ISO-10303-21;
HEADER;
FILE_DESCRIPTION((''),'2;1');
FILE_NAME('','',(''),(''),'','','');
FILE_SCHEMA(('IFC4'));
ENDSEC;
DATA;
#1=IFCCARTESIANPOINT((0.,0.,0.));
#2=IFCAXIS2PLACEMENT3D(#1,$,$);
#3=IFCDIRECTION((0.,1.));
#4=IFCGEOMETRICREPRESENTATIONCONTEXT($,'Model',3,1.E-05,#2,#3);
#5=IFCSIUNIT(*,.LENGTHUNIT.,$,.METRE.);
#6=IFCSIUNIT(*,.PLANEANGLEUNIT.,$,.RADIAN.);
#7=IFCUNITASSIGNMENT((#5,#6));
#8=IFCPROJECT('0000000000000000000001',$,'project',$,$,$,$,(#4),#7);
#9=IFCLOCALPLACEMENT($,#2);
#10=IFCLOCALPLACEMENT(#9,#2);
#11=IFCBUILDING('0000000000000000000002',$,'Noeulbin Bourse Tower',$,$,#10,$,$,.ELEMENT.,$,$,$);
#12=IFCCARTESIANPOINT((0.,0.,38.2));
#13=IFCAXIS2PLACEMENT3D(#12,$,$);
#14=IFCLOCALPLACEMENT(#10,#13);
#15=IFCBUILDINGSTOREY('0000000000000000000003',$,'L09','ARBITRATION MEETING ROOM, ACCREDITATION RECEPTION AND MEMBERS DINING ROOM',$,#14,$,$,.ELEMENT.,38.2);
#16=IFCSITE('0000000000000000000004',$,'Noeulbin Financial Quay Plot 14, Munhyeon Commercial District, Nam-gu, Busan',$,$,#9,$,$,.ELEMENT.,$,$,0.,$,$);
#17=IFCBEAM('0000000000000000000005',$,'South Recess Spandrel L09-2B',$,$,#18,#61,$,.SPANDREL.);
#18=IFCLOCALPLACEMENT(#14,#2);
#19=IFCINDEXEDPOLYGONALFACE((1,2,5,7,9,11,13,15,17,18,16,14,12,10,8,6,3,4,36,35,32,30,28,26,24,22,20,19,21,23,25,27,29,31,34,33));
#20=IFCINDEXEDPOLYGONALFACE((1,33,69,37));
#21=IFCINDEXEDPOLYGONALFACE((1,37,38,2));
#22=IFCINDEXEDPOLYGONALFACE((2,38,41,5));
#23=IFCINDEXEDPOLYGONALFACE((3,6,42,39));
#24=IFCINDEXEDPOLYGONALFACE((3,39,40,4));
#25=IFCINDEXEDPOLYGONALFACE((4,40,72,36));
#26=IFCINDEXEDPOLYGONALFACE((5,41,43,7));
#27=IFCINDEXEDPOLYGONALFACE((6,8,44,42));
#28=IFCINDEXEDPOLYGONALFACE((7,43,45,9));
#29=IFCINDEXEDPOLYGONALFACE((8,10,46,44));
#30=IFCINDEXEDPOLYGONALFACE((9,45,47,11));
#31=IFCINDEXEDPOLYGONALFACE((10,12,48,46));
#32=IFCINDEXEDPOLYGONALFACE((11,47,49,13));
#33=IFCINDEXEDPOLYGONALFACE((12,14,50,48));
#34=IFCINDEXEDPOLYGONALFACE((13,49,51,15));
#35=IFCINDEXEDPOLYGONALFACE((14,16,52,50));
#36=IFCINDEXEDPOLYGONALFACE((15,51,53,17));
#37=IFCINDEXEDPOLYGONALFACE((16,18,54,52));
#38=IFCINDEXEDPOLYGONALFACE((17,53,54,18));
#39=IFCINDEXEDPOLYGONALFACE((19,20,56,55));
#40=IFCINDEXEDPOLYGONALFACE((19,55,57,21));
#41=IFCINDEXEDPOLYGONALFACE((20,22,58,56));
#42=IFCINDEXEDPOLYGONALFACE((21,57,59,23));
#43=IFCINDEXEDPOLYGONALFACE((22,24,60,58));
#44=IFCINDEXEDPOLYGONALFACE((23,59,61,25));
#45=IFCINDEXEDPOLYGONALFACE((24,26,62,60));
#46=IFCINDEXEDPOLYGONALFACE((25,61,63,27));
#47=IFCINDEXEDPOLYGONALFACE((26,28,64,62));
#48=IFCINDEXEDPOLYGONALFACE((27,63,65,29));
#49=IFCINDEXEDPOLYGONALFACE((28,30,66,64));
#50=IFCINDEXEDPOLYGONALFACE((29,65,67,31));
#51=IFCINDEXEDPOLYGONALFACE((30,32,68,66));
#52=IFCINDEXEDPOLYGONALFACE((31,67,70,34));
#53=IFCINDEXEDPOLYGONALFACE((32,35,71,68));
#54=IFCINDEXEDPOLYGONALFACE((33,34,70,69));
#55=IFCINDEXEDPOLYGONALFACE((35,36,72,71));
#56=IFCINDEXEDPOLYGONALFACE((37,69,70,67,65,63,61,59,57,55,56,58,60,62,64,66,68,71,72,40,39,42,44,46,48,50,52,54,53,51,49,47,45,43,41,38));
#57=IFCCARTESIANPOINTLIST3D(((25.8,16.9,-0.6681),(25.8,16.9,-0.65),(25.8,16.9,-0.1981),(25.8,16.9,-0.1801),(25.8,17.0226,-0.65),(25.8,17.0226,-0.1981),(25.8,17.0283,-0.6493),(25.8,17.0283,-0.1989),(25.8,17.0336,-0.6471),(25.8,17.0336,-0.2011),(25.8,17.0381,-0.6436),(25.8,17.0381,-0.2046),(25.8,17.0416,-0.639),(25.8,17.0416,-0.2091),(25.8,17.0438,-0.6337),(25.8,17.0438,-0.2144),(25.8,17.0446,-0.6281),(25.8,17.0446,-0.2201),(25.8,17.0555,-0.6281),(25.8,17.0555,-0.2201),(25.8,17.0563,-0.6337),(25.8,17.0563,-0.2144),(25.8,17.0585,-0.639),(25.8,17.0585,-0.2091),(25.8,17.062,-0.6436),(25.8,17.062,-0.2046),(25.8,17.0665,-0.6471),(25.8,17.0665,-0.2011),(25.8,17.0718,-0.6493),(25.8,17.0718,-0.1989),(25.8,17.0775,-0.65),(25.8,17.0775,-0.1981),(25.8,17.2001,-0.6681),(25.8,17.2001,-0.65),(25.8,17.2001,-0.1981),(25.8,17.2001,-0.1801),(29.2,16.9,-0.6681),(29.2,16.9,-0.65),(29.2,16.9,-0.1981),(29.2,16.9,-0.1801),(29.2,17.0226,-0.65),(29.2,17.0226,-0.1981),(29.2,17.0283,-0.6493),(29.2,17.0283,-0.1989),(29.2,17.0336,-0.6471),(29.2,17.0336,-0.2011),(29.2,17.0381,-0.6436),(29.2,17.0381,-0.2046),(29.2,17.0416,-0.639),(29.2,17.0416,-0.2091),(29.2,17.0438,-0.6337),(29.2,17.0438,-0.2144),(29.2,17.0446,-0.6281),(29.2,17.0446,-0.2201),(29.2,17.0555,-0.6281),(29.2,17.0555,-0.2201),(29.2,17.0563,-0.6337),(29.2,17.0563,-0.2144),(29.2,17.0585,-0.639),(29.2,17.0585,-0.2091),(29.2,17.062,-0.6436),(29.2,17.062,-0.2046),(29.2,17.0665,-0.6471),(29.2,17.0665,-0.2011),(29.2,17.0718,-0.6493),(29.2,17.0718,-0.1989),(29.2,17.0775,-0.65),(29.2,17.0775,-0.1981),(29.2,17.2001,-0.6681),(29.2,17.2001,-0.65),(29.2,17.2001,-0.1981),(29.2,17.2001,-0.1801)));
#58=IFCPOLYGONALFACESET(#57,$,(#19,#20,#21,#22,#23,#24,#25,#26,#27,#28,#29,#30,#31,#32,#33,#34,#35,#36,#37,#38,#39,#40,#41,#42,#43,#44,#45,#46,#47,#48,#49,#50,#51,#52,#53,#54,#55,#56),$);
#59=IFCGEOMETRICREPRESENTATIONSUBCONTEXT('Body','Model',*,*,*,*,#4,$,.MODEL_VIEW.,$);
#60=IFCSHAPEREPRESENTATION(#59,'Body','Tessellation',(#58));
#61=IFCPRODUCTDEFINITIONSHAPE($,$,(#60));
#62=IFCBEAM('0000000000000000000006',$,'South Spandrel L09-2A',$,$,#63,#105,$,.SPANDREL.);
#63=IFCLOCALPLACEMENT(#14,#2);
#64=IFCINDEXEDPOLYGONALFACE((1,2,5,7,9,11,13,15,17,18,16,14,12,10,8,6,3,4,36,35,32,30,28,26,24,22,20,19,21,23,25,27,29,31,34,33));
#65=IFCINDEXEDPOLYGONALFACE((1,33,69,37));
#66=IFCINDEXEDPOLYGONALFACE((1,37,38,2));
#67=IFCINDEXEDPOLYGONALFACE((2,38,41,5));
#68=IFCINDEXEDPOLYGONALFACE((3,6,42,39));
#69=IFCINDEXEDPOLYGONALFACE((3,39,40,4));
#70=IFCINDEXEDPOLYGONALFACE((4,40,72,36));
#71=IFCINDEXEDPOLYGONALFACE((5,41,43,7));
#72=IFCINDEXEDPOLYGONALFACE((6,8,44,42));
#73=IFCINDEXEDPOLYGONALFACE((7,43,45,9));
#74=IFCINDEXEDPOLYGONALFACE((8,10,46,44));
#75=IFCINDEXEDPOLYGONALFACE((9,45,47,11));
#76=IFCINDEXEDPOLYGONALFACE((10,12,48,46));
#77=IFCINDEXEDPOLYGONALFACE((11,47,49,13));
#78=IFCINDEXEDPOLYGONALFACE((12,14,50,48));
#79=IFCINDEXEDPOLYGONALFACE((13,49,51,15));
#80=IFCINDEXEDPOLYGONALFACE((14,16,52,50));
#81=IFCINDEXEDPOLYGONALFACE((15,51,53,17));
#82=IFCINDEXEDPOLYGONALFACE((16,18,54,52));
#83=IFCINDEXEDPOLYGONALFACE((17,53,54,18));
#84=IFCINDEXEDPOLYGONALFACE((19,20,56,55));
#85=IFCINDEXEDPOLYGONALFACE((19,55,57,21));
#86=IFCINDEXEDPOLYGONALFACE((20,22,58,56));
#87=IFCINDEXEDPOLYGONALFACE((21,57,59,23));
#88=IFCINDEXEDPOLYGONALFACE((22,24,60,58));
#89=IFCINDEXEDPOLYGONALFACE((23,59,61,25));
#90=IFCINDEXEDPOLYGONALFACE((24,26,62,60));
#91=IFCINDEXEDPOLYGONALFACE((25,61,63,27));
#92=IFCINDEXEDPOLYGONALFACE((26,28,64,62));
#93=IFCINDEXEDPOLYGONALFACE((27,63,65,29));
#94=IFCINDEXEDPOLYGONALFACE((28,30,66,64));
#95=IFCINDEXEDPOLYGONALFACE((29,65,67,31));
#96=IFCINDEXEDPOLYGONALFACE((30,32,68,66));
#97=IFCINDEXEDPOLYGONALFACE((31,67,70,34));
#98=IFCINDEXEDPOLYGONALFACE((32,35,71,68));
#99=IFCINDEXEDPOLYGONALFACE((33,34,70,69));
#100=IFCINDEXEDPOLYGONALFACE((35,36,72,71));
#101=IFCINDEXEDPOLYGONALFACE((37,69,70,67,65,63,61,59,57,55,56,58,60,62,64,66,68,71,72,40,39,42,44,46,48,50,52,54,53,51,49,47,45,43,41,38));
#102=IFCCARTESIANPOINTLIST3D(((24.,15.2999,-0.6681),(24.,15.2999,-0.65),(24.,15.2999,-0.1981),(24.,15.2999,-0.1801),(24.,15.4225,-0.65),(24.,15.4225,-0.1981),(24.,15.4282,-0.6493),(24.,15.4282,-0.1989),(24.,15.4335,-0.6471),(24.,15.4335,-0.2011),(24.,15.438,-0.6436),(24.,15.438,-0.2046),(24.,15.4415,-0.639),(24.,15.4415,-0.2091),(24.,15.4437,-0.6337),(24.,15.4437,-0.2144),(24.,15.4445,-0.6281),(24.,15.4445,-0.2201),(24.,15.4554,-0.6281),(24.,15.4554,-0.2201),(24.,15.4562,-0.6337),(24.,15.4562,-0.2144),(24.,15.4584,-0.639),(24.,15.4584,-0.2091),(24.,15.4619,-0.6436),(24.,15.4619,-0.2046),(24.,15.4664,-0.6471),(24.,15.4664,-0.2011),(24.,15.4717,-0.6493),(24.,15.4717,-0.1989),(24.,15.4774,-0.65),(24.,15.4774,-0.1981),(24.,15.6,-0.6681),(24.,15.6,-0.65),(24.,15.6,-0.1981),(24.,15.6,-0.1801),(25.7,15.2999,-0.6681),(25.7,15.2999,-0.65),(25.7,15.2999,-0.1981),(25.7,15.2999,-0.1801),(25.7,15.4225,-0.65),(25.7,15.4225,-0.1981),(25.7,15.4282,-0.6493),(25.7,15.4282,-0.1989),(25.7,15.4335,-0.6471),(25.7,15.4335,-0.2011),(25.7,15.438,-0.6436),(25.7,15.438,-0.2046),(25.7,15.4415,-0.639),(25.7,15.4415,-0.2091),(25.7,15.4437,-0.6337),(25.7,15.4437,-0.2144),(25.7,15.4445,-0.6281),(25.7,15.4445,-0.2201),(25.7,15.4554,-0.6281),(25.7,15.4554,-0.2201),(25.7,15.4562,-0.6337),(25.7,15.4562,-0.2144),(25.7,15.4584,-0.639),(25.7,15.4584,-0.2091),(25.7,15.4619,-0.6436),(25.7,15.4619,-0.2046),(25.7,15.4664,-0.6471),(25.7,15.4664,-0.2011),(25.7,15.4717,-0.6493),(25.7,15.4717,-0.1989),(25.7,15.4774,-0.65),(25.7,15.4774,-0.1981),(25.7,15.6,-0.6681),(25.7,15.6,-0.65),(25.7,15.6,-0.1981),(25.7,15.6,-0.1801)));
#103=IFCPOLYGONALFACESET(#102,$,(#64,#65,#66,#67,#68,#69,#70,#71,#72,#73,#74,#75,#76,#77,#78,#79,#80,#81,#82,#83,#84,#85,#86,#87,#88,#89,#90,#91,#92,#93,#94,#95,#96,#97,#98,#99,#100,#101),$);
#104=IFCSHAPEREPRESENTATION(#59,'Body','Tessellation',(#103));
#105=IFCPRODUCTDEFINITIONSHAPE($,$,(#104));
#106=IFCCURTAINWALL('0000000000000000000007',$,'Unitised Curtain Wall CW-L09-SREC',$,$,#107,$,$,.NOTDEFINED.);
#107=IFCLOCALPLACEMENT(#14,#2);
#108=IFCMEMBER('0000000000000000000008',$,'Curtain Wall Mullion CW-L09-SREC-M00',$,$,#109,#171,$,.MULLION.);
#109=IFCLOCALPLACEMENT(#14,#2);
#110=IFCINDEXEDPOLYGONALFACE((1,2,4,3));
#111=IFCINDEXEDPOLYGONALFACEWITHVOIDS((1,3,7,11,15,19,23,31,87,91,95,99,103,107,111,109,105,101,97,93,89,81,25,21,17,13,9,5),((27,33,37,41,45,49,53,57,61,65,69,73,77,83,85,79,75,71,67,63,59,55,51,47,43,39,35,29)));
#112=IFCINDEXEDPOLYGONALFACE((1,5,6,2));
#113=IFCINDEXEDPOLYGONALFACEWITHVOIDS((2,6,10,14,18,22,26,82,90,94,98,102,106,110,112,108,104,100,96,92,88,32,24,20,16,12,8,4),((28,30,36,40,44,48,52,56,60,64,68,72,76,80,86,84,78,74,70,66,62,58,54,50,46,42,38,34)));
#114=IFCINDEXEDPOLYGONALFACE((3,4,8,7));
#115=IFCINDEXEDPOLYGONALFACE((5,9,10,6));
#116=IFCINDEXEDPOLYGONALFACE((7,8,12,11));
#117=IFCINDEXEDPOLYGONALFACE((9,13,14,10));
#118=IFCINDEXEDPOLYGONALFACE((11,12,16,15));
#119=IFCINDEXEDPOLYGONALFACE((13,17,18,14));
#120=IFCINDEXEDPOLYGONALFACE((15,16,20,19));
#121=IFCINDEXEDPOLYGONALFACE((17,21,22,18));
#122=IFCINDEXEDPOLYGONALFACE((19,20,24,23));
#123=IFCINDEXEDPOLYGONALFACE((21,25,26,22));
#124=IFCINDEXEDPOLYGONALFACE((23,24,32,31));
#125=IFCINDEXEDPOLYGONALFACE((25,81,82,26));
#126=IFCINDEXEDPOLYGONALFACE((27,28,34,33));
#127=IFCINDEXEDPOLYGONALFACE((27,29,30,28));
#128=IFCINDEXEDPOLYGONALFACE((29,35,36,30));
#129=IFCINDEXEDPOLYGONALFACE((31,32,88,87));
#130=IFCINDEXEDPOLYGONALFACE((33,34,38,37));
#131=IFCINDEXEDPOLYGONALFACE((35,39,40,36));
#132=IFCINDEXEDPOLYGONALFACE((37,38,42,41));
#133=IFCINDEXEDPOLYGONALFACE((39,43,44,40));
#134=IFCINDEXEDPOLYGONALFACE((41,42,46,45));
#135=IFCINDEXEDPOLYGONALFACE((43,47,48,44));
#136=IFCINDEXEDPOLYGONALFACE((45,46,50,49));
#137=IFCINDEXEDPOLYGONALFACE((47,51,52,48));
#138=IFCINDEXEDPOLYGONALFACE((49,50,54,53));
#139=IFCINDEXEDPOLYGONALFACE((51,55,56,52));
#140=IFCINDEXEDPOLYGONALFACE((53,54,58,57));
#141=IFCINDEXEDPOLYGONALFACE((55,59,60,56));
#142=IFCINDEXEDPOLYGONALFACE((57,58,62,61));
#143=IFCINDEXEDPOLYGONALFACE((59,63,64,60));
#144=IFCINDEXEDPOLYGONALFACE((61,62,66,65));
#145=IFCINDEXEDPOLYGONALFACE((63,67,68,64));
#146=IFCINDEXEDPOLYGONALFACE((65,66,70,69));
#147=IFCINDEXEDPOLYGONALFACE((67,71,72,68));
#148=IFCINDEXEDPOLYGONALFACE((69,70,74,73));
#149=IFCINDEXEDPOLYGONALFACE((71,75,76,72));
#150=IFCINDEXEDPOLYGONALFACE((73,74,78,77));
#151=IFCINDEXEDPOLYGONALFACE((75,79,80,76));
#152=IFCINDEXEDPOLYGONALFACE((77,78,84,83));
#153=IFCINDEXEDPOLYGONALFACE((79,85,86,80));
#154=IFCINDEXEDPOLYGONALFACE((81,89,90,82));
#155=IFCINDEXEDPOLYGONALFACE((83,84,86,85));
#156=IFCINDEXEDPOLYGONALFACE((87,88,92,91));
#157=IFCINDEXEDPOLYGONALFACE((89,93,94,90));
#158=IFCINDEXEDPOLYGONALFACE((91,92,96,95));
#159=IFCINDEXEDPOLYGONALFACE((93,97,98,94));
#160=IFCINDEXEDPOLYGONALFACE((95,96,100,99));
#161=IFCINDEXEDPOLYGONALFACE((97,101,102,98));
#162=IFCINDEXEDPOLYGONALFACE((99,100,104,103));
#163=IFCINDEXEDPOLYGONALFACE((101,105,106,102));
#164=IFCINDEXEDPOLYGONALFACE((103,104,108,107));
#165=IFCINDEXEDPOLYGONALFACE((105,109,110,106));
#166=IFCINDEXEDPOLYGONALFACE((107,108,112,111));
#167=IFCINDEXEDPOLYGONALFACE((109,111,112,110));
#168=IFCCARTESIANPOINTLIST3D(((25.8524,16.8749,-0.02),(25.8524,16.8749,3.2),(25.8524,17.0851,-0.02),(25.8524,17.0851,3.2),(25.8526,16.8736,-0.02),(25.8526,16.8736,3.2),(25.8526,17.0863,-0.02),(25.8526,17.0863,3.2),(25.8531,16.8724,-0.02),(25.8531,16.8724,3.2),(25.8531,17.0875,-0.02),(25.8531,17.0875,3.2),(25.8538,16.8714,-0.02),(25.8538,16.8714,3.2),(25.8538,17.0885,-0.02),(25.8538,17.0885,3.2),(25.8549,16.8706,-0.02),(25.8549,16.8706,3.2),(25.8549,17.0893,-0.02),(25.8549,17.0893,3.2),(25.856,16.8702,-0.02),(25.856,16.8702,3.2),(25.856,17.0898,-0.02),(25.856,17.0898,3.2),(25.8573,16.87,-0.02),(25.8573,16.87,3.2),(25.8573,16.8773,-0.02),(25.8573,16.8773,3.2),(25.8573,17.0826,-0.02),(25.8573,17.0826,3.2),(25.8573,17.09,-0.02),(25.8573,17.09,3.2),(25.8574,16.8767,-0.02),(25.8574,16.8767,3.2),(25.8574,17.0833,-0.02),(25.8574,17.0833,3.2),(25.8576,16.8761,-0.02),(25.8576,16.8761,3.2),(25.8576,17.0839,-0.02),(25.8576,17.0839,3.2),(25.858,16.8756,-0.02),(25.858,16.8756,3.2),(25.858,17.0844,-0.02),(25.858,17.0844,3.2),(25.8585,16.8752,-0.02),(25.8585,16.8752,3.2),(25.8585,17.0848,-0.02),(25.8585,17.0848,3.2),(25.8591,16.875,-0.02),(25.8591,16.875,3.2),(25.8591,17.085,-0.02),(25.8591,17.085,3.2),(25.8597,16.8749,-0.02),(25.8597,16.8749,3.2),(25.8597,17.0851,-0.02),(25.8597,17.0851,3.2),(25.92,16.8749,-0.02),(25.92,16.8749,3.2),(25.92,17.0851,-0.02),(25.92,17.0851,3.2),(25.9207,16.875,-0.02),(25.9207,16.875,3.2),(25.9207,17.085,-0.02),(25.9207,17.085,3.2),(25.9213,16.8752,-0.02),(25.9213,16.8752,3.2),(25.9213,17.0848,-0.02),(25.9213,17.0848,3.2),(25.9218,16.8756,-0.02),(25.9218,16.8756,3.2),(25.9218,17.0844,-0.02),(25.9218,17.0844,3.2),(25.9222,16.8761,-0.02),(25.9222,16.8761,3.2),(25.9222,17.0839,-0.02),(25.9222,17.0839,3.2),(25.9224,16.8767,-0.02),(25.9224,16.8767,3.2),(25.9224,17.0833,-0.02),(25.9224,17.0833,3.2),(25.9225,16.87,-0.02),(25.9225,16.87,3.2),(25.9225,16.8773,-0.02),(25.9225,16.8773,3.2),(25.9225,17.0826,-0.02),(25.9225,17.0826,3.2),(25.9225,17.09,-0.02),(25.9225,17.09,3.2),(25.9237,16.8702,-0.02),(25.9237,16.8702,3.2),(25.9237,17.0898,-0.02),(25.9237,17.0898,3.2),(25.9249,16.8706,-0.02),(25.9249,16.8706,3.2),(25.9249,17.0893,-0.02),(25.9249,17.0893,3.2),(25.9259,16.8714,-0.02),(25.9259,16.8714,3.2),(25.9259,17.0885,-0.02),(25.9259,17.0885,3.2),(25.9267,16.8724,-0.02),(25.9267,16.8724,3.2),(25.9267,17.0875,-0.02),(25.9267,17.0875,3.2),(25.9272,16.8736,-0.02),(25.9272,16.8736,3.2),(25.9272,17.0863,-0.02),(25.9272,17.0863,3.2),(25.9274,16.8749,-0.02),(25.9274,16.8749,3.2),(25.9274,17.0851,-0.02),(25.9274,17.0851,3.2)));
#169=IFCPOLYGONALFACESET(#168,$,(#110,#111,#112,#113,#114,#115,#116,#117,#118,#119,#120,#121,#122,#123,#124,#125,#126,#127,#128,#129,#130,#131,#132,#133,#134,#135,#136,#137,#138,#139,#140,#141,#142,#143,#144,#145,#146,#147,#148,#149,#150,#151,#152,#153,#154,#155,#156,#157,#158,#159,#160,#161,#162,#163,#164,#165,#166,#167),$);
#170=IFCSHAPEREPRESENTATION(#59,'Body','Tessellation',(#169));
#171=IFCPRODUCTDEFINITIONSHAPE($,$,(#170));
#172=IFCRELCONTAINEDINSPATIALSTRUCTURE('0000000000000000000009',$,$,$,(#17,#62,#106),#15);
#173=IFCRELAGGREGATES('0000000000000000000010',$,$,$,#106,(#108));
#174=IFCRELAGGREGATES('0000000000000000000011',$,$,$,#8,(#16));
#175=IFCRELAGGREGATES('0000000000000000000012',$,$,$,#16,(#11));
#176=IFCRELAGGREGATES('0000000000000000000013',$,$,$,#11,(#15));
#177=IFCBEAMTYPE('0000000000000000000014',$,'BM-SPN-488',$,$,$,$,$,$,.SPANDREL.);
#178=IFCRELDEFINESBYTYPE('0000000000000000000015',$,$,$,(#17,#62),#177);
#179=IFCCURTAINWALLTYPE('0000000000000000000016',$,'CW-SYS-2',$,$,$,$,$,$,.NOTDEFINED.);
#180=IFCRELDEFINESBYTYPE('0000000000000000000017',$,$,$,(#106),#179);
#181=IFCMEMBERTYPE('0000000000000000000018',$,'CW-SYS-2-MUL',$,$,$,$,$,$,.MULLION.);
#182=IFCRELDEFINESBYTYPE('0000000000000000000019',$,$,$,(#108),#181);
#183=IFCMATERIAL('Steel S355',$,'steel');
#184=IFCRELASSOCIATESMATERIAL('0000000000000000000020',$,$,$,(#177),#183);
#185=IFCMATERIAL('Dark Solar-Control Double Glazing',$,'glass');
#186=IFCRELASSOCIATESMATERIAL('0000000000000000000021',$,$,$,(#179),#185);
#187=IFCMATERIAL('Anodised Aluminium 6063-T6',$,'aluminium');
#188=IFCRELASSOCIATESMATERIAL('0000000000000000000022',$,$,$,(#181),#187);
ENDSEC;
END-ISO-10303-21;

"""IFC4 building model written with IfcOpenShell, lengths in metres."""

from ifc_helpers import new_model, si_unit, direction, frame, origin, origin_2d, place, context, subcontext, project, spatial, hollow_rectangle, i_section, extrude, material, material_profile, profile_set, type_object, element, aggregate, save


model = new_model("IFC4")

# Units and contexts
model_context = context("Model", 3, precision=1e-05, world=origin(), true_north=direction((0.0, 1.0)))
body_context = subcontext(model_context, "Body", "Model", "MODEL_VIEW")
ifc_project = project(units=[si_unit("LENGTHUNIT", "METRE"), si_unit("PLANEANGLEUNIT", "RADIAN")], contexts=[model_context])

# Site, building, storey
site_placement = place(None, origin())
site = spatial("IfcSite", under=ifc_project, at=site_placement, Name="Noeulbin Financial Quay Plot 14, Munhyeon Commercial District, Nam-gu, Busan", CompositionType="ELEMENT", RefElevation=0.0)
building_placement = place(site_placement, origin())
building = spatial("IfcBuilding", under=site, at=building_placement, Name="Noeulbin Bourse Tower", CompositionType="ELEMENT")
storey_placement = place(building_placement, frame((0.0, 0.0, 38.2)))
storey = spatial("IfcBuildingStorey", under=building, at=storey_placement, Name="L09", Description="ARBITRATION MEETING ROOM, ACCREDITATION RECEPTION AND MEMBERS DINING ROOM", CompositionType="ELEMENT", Elevation=38.2)

# Beams
ifc_material_1 = material(Name="Steel S355", Category="steel")
ifc_material_profile_1 = material_profile(ifc_material_1, i_section(OverallWidth=0.3, OverallDepth=0.488, WebThickness=0.011, FlangeThickness=0.0181, FilletRadius=0.022, at=origin_2d()), Name="H-488x300x11x18", Category="LoadBearing")
ifc_profile_set_1 = profile_set([ifc_material_profile_1], Name="Steel S355")
beam_type_1 = type_object("IfcBeamType", Name="BM-SPN-488", PredefinedType="SPANDREL", material=ifc_profile_set_1)
beam_1_placement = place(storey_placement, frame((25.8, 17.05, -0.4241), z_axis=(1.0, 0.0, 0.0), x_axis=(0.0, 1.0, 0.0)))
element("IfcBeam", 1, at=beam_1_placement, inside=storey, type_object=beam_type_1, Name="South Recess Spandrel L09-2B", PredefinedType="SPANDREL", context=body_context, shape_type="SweptSolid", body=[
    extrude(i_section(OverallWidth=0.3, OverallDepth=0.488, WebThickness=0.011, FlangeThickness=0.0181, FilletRadius=0.022, at=origin_2d()), origin(), (0.0, 0.0, 1.0), 3.3999),
])
beam_2_placement = place(storey_placement, frame((24.0, 15.45, -0.4241), z_axis=(1.0, 0.0, 0.0), x_axis=(0.0, 1.0, 0.0)))
element("IfcBeam", 2, at=beam_2_placement, inside=storey, type_object=beam_type_1, Name="South Spandrel L09-2A", PredefinedType="SPANDREL", context=body_context, shape_type="SweptSolid", body=[
    extrude(i_section(OverallWidth=0.3, OverallDepth=0.488, WebThickness=0.011, FlangeThickness=0.0181, FilletRadius=0.022, at=origin_2d()), origin(), (0.0, 0.0, 1.0), 1.7),
])

# Curtain wall, member
ifc_material_2 = material(Name="Dark Solar-Control Double Glazing", Category="glass")
curtain_wall_type = type_object("IfcCurtainWallType", Name="CW-SYS-2", PredefinedType="NOTDEFINED", material=ifc_material_2)
curtain_wall_1_placement = place(storey_placement, origin())
curtain_wall_1 = element("IfcCurtainWall", 3, at=curtain_wall_1_placement, inside=storey, type_object=curtain_wall_type, Name="Unitised Curtain Wall CW-L09-SREC", PredefinedType="NOTDEFINED")
ifc_material_3 = material(Name="Anodised Aluminium 6063-T6", Category="aluminium")
ifc_material_profile_2 = material_profile(ifc_material_3, hollow_rectangle(XDim=0.075, YDim=0.22, WallThickness=0.0049, InnerFilletRadius=0.0024, OuterFilletRadius=0.0049, at=origin_2d()), Name="ALU-MULL-75x220x5", Category="LoadBearing")
ifc_profile_set_2 = profile_set([ifc_material_profile_2], Name="Anodised Aluminium 6063-T6")
member_type_1 = type_object("IfcMemberType", Name="CW-SYS-2-MUL", PredefinedType="MULLION", material=ifc_profile_set_2)
member_1_placement = place(storey_placement, frame((25.8899, 16.98, -0.02), z_axis=(0.0, 0.0, 1.0), x_axis=(1.0, 0.0, 0.0)))
member_1 = element("IfcMember", 4, at=member_1_placement, type_object=member_type_1, Name="Curtain Wall Mullion CW-L09-SREC-M00", PredefinedType="MULLION", context=body_context, shape_type="SweptSolid", body=[
    extrude(hollow_rectangle(XDim=0.075, YDim=0.22, WallThickness=0.0049, InnerFilletRadius=0.0024, OuterFilletRadius=0.0049, at=origin_2d()), origin(), (0.0, 0.0, 1.0), 3.22),
])

aggregate(curtain_wall_1, [member_1])

save(model, "model.ifc")
